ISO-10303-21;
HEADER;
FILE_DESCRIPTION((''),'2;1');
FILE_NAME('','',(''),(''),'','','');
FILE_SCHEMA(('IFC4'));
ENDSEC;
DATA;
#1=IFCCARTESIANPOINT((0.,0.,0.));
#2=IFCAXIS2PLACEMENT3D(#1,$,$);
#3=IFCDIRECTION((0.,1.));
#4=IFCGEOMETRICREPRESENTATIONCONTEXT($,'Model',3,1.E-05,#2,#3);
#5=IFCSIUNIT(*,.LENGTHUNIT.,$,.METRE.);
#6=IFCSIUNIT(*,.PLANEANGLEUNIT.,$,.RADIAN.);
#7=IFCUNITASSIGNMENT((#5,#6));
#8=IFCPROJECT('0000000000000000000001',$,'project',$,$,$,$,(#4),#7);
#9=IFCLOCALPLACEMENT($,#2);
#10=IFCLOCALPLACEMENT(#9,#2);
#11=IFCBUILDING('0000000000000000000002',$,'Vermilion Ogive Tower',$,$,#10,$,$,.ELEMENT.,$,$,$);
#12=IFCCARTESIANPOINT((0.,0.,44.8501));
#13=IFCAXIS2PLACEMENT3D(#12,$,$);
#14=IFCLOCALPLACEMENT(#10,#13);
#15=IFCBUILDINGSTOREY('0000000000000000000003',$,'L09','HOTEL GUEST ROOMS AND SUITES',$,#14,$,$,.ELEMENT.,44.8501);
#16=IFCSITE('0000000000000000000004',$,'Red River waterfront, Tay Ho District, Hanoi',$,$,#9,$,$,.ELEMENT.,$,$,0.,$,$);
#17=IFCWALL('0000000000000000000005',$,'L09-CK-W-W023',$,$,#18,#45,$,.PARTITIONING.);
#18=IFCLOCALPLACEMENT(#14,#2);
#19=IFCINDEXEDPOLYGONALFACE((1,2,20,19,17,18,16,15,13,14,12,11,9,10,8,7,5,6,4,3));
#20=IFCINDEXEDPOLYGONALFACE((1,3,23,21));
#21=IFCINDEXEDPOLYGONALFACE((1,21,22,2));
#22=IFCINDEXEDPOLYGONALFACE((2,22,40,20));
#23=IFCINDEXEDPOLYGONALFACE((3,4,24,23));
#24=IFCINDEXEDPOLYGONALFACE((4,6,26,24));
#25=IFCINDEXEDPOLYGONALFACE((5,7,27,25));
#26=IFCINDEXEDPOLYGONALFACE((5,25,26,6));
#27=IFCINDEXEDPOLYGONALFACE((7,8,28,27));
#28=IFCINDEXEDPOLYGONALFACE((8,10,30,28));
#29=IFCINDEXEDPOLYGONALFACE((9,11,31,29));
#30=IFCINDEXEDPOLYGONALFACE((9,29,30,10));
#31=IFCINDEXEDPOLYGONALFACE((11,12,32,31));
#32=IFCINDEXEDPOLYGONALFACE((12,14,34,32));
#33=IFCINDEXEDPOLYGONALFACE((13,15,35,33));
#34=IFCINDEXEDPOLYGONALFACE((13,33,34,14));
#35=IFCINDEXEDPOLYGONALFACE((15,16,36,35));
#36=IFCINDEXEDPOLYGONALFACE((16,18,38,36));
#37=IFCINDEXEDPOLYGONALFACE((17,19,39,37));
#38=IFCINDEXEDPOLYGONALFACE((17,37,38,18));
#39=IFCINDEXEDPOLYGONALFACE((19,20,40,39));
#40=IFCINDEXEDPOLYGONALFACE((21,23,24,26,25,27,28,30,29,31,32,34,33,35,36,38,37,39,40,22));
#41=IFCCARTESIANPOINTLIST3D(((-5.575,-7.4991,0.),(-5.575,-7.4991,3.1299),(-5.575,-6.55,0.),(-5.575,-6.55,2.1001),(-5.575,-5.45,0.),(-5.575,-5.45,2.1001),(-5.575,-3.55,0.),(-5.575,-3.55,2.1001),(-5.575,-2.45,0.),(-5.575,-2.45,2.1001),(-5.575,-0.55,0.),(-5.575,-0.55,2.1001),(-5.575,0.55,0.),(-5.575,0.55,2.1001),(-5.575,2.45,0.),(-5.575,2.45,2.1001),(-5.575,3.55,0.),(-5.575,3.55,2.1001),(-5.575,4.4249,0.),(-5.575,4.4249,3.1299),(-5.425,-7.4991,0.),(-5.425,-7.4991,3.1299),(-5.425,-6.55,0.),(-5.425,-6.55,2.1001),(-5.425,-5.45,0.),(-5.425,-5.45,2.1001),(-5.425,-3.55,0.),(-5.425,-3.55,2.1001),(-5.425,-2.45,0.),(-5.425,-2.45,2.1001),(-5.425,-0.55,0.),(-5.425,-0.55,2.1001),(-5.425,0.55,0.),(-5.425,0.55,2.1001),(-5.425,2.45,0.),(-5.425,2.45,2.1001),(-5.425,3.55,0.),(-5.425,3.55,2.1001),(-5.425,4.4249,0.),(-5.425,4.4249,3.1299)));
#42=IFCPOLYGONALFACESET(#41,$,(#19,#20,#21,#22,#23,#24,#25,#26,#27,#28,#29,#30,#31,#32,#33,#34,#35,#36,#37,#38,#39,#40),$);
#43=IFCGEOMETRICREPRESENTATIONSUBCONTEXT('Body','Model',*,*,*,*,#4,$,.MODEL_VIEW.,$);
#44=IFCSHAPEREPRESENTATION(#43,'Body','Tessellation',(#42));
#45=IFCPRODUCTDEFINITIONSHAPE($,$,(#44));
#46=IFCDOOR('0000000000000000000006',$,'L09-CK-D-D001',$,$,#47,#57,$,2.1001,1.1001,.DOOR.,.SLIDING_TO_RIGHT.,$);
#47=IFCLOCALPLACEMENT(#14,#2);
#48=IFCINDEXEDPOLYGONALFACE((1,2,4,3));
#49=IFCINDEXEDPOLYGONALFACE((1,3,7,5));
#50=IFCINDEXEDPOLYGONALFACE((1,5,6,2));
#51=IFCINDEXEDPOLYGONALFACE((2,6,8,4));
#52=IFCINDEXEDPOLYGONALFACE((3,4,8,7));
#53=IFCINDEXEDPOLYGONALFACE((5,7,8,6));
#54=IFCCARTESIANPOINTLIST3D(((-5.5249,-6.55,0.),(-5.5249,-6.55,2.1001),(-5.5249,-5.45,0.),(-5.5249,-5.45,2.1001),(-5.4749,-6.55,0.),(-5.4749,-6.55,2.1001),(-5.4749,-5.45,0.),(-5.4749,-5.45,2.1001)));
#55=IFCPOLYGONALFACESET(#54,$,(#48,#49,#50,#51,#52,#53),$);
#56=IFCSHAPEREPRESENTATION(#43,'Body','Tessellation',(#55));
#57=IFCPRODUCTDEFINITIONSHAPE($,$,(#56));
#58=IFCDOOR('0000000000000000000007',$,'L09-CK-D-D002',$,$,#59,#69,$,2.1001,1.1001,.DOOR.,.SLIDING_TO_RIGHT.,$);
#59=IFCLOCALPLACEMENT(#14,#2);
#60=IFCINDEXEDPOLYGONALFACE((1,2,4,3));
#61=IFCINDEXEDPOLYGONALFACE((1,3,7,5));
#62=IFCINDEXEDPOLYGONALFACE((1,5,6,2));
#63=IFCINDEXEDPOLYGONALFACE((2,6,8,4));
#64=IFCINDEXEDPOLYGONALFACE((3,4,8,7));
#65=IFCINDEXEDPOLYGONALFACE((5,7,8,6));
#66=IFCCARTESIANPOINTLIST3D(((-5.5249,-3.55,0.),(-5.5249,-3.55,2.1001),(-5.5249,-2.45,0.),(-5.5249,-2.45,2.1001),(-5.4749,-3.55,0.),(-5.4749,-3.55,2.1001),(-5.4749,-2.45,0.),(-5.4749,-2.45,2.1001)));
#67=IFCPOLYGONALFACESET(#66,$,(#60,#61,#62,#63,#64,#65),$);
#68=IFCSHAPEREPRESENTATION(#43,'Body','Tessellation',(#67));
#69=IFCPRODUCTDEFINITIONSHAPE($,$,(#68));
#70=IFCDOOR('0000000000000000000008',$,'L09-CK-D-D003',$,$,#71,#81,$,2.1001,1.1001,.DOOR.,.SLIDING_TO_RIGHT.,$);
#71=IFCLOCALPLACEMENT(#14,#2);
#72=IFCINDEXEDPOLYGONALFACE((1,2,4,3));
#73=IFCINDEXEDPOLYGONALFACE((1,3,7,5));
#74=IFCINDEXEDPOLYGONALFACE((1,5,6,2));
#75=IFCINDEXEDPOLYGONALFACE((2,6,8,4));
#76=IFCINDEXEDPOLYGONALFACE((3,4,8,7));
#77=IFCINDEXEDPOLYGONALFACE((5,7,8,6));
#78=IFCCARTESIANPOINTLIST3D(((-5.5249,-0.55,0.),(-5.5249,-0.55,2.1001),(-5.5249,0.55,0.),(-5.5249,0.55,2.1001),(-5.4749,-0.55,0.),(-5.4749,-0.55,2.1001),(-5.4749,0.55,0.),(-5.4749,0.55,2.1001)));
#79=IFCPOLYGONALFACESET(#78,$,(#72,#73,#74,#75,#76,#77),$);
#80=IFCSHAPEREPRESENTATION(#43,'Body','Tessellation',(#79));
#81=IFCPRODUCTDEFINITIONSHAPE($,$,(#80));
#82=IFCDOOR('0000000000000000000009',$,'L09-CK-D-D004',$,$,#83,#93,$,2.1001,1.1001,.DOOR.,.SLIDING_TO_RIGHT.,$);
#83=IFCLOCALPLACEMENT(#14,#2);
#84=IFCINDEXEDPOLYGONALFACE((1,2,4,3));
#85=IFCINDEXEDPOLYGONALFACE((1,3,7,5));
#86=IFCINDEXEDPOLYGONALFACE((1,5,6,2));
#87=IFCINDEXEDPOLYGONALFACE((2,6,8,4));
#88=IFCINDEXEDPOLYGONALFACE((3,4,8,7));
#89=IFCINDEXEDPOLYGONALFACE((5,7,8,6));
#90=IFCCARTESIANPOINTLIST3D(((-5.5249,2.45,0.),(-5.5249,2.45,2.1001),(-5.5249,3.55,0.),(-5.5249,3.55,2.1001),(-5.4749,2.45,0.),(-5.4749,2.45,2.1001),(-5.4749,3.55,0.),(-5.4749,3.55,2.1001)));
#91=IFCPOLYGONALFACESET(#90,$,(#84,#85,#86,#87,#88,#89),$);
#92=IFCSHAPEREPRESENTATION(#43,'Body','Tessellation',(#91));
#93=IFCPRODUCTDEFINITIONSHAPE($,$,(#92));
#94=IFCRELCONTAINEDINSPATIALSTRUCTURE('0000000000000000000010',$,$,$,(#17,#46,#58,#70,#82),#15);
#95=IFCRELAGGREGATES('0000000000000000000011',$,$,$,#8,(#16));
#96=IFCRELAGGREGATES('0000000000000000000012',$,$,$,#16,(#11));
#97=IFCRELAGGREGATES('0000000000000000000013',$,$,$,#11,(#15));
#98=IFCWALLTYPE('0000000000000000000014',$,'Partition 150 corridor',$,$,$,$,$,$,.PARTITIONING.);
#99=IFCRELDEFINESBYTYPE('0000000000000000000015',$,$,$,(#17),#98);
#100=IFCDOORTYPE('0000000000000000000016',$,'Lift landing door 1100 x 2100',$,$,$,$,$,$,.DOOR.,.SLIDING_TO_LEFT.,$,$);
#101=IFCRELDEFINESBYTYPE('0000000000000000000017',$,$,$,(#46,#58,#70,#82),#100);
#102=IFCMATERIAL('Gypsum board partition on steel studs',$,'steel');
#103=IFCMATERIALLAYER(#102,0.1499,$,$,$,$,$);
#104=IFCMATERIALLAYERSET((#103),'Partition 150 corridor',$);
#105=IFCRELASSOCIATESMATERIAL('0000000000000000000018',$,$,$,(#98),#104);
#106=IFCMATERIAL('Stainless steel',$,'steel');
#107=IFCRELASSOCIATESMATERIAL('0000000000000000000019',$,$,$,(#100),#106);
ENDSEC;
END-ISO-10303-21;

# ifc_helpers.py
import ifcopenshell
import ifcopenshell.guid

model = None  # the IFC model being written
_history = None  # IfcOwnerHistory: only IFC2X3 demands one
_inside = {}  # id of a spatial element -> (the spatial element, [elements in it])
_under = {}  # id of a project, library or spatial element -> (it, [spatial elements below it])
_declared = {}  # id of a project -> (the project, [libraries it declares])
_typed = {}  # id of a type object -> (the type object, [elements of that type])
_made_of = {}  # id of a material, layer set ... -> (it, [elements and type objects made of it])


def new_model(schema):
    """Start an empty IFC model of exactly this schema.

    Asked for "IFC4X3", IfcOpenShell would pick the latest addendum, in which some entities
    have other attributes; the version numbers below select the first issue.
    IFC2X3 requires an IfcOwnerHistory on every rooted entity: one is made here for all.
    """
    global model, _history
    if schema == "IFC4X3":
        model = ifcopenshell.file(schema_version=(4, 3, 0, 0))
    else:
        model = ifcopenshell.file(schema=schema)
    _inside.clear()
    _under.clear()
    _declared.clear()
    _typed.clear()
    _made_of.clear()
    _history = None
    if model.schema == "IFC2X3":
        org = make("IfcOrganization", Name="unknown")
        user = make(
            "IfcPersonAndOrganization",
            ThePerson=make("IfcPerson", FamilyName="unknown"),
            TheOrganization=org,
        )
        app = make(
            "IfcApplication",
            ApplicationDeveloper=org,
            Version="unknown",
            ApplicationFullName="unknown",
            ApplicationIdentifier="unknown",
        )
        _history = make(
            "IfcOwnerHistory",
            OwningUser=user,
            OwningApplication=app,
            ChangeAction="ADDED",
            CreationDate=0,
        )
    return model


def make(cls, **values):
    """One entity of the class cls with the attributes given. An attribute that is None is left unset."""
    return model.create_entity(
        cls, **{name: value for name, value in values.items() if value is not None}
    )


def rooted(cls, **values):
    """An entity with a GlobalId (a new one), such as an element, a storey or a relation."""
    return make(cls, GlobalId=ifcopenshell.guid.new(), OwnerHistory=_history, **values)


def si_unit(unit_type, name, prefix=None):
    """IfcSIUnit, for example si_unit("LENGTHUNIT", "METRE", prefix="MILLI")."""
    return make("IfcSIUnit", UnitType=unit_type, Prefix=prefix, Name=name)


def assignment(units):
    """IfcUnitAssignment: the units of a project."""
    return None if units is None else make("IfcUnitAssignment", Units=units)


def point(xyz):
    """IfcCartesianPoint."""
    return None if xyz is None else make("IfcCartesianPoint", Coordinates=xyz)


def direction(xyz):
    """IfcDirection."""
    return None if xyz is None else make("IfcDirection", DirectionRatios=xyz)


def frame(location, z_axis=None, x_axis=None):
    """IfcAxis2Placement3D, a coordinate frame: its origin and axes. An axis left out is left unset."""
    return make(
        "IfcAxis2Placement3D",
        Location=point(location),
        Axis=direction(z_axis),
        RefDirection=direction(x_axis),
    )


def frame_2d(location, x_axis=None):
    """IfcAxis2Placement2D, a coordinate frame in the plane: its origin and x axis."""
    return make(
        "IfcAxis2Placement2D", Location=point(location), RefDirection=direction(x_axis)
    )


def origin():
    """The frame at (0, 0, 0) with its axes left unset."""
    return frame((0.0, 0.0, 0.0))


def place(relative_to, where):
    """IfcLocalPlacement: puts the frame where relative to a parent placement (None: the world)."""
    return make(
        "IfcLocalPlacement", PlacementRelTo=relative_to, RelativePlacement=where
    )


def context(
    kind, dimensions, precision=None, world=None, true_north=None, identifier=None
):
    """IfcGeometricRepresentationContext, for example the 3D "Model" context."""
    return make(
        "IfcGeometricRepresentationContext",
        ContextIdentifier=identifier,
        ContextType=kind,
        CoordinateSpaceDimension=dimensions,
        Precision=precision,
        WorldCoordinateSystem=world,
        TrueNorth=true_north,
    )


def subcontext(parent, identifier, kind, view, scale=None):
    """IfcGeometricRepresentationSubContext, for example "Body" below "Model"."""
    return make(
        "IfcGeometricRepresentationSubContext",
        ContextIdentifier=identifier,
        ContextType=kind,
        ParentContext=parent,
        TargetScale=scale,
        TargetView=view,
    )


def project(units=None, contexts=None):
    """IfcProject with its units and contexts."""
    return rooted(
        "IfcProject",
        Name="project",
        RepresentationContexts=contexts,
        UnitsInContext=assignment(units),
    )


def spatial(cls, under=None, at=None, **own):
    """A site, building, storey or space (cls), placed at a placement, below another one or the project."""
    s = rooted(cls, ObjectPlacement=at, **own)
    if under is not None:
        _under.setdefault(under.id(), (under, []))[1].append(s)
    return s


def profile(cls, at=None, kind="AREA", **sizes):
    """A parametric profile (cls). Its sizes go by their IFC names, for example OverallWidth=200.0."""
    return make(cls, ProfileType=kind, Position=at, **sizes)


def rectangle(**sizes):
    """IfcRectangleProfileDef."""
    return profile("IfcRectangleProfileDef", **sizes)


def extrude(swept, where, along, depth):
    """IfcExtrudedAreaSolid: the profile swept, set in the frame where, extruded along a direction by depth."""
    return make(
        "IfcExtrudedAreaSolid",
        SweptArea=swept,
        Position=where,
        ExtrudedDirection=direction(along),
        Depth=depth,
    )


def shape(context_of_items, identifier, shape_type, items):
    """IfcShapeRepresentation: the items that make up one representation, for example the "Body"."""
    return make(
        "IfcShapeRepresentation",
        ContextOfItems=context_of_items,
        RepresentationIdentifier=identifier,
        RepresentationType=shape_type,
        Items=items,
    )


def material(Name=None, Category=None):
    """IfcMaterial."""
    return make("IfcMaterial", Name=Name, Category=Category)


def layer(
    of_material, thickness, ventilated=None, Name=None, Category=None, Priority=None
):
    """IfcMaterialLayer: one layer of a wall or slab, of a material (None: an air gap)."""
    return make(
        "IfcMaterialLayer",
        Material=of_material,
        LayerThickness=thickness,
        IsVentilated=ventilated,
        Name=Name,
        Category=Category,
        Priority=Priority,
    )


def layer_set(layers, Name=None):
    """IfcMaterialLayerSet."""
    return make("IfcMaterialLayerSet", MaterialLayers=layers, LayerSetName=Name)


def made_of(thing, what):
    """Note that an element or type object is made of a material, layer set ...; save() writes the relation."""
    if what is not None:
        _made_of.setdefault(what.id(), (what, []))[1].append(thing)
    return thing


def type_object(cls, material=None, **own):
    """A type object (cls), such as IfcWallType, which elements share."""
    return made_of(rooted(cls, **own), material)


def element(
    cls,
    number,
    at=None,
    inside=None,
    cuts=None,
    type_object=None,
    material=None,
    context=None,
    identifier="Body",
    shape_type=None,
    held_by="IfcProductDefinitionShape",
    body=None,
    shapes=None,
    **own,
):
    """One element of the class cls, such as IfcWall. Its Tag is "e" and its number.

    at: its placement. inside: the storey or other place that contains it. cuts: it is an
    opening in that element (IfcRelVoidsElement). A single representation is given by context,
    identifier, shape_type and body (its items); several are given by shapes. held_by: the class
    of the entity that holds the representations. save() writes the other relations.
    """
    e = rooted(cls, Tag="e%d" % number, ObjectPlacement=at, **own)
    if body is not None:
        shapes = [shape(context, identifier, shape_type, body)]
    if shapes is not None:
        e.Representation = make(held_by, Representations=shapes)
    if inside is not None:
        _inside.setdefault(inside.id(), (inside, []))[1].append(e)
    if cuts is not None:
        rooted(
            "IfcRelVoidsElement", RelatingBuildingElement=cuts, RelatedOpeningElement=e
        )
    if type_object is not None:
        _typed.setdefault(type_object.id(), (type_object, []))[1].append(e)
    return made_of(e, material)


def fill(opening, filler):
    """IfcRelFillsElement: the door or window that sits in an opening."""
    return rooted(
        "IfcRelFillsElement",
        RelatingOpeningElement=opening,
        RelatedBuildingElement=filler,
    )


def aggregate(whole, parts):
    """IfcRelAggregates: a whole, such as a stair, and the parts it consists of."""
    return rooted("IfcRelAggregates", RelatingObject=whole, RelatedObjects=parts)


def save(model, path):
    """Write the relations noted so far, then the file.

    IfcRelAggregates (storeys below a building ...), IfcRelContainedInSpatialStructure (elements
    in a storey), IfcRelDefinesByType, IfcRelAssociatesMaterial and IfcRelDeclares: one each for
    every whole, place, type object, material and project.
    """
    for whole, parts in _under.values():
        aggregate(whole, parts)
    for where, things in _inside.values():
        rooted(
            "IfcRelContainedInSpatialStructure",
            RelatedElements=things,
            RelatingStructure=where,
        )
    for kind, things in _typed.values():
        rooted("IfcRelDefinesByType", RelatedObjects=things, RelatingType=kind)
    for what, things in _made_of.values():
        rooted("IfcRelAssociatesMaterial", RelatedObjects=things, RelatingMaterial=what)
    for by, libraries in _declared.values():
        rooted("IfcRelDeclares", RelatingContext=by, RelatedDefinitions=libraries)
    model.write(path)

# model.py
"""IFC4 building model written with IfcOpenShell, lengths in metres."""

from ifc_helpers import new_model, si_unit, direction, frame, frame_2d, origin, place, context, subcontext, project, spatial, rectangle, extrude, material, layer, layer_set, type_object, element, fill, save


model = new_model("IFC4")

# Units and contexts
model_context = context("Model", 3, precision=1e-05, world=origin(), true_north=direction((0.0, 1.0)))
body_context = subcontext(model_context, "Body", "Model", "MODEL_VIEW")
ifc_project = project(units=[si_unit("LENGTHUNIT", "METRE"), si_unit("PLANEANGLEUNIT", "RADIAN")], contexts=[model_context])

# Site, building, storey
site_placement = place(None, origin())
site = spatial("IfcSite", under=ifc_project, at=site_placement, Name="Red River waterfront, Tay Ho District, Hanoi", CompositionType="ELEMENT", RefElevation=0.0)
building_placement = place(site_placement, origin())
building = spatial("IfcBuilding", under=site, at=building_placement, Name="Vermilion Ogive Tower", CompositionType="ELEMENT")
storey_placement = place(building_placement, frame((0.0, 0.0, 44.8501)))
storey = spatial("IfcBuildingStorey", under=building, at=storey_placement, Name="L09", Description="HOTEL GUEST ROOMS AND SUITES", CompositionType="ELEMENT", Elevation=44.8501)

# Wall, openings, doors
ifc_material_1 = material(Name="Gypsum board partition on steel studs", Category="steel")
ifc_layer_1 = layer(ifc_material_1, 0.1499)
ifc_layer_set_1 = layer_set([ifc_layer_1], Name="Partition 150 corridor")
wall_type_1 = type_object("IfcWallType", Name="Partition 150 corridor", PredefinedType="PARTITIONING", material=ifc_layer_set_1)
wall_1_placement = place(storey_placement, frame((-5.5, -7.499, 0.0), z_axis=(0.0, 0.0, 1.0), x_axis=(0.0, 1.0, 0.0)))
wall_1 = element("IfcWall", 1, at=wall_1_placement, inside=storey, type_object=wall_type_1, Name="L09-CK-W-W023", PredefinedType="PARTITIONING", context=body_context, shape_type="SweptSolid", body=[
    extrude(rectangle(XDim=11.9241, YDim=0.1499, at=frame_2d((5.9619, 0.0))), origin(), (0.0, 0.0, 1.0), 3.1299),
])
opening_1_placement = place(wall_1_placement, frame((0.949, 0.0, 0.0)))
opening_1 = element("IfcOpeningElement", 2, at=opening_1_placement, cuts=wall_1, PredefinedType="OPENING", context=body_context, shape_type="SweptSolid", body=[
    extrude(rectangle(XDim=1.1001, YDim=2.1001, at=frame_2d((0.55, 1.05))), frame((0.0, 0.085, 0.0), z_axis=(0.0, -1.0, 0.0), x_axis=(1.0, 0.0, 0.0)), (0.0, 0.0, 1.0), 0.1699),
])
opening_2_placement = place(wall_1_placement, frame((3.949, 0.0, 0.0)))
opening_2 = element("IfcOpeningElement", 3, at=opening_2_placement, cuts=wall_1, PredefinedType="OPENING", context=body_context, shape_type="SweptSolid", body=[
    extrude(rectangle(XDim=1.1001, YDim=2.1001, at=frame_2d((0.55, 1.05))), frame((0.0, 0.085, 0.0), z_axis=(0.0, -1.0, 0.0), x_axis=(1.0, 0.0, 0.0)), (0.0, 0.0, 1.0), 0.1699),
])
opening_3_placement = place(wall_1_placement, frame((6.949, 0.0, 0.0)))
opening_3 = element("IfcOpeningElement", 4, at=opening_3_placement, cuts=wall_1, PredefinedType="OPENING", context=body_context, shape_type="SweptSolid", body=[
    extrude(rectangle(XDim=1.1001, YDim=2.1001, at=frame_2d((0.55, 1.05))), frame((0.0, 0.085, 0.0), z_axis=(0.0, -1.0, 0.0), x_axis=(1.0, 0.0, 0.0)), (0.0, 0.0, 1.0), 0.1699),
])
opening_4_placement = place(wall_1_placement, frame((9.949, 0.0, 0.0)))
opening_4 = element("IfcOpeningElement", 5, at=opening_4_placement, cuts=wall_1, PredefinedType="OPENING", context=body_context, shape_type="SweptSolid", body=[
    extrude(rectangle(XDim=1.1001, YDim=2.1001, at=frame_2d((0.55, 1.05))), frame((0.0, 0.085, 0.0), z_axis=(0.0, -1.0, 0.0), x_axis=(1.0, 0.0, 0.0)), (0.0, 0.0, 1.0), 0.1699),
])
ifc_material_2 = material(Name="Stainless steel", Category="steel")
door_type_1 = type_object("IfcDoorType", Name="Lift landing door 1100 x 2100", OperationType="SLIDING_TO_LEFT", PredefinedType="DOOR", material=ifc_material_2)
door_1_placement = place(opening_1_placement, origin())
door_1 = element("IfcDoor", 6, at=door_1_placement, inside=storey, type_object=door_type_1, Name="L09-CK-D-D001", OperationType="SLIDING_TO_RIGHT", OverallHeight=2.1001, OverallWidth=1.1001, PredefinedType="DOOR", context=body_context, shape_type="SweptSolid", body=[
    extrude(rectangle(XDim=1.1001, YDim=2.1001, at=frame_2d((0.55, 1.05))), frame((0.0, 0.0249, 0.0), z_axis=(0.0, -1.0, 0.0), x_axis=(1.0, 0.0, 0.0)), (0.0, 0.0, 1.0), 0.05),
])
fill(opening_1, door_1)
door_2_placement = place(opening_2_placement, origin())
door_2 = element("IfcDoor", 7, at=door_2_placement, inside=storey, type_object=door_type_1, Name="L09-CK-D-D002", OperationType="SLIDING_TO_RIGHT", OverallHeight=2.1001, OverallWidth=1.1001, PredefinedType="DOOR", context=body_context, shape_type="SweptSolid", body=[
    extrude(rectangle(XDim=1.1001, YDim=2.1001, at=frame_2d((0.55, 1.05))), frame((0.0, 0.0249, 0.0), z_axis=(0.0, -1.0, 0.0), x_axis=(1.0, 0.0, 0.0)), (0.0, 0.0, 1.0), 0.05),
])
fill(opening_2, door_2)
door_3_placement = place(opening_3_placement, origin())
door_3 = element("IfcDoor", 8, at=door_3_placement, inside=storey, type_object=door_type_1, Name="L09-CK-D-D003", OperationType="SLIDING_TO_RIGHT", OverallHeight=2.1001, OverallWidth=1.1001, PredefinedType="DOOR", context=body_context, shape_type="SweptSolid", body=[
    extrude(rectangle(XDim=1.1001, YDim=2.1001, at=frame_2d((0.55, 1.05))), frame((0.0, 0.0249, 0.0), z_axis=(0.0, -1.0, 0.0), x_axis=(1.0, 0.0, 0.0)), (0.0, 0.0, 1.0), 0.05),
])
fill(opening_3, door_3)
door_4_placement = place(opening_4_placement, origin())
door_4 = element("IfcDoor", 9, at=door_4_placement, inside=storey, type_object=door_type_1, Name="L09-CK-D-D004", OperationType="SLIDING_TO_RIGHT", OverallHeight=2.1001, OverallWidth=1.1001, PredefinedType="DOOR", context=body_context, shape_type="SweptSolid", body=[
    extrude(rectangle(XDim=1.1001, YDim=2.1001, at=frame_2d((0.55, 1.05))), frame((0.0, 0.0249, 0.0), z_axis=(0.0, -1.0, 0.0), x_axis=(1.0, 0.0, 0.0)), (0.0, 0.0, 1.0), 0.05),
])
fill(opening_4, door_4)

save(model, "model.ifc")
